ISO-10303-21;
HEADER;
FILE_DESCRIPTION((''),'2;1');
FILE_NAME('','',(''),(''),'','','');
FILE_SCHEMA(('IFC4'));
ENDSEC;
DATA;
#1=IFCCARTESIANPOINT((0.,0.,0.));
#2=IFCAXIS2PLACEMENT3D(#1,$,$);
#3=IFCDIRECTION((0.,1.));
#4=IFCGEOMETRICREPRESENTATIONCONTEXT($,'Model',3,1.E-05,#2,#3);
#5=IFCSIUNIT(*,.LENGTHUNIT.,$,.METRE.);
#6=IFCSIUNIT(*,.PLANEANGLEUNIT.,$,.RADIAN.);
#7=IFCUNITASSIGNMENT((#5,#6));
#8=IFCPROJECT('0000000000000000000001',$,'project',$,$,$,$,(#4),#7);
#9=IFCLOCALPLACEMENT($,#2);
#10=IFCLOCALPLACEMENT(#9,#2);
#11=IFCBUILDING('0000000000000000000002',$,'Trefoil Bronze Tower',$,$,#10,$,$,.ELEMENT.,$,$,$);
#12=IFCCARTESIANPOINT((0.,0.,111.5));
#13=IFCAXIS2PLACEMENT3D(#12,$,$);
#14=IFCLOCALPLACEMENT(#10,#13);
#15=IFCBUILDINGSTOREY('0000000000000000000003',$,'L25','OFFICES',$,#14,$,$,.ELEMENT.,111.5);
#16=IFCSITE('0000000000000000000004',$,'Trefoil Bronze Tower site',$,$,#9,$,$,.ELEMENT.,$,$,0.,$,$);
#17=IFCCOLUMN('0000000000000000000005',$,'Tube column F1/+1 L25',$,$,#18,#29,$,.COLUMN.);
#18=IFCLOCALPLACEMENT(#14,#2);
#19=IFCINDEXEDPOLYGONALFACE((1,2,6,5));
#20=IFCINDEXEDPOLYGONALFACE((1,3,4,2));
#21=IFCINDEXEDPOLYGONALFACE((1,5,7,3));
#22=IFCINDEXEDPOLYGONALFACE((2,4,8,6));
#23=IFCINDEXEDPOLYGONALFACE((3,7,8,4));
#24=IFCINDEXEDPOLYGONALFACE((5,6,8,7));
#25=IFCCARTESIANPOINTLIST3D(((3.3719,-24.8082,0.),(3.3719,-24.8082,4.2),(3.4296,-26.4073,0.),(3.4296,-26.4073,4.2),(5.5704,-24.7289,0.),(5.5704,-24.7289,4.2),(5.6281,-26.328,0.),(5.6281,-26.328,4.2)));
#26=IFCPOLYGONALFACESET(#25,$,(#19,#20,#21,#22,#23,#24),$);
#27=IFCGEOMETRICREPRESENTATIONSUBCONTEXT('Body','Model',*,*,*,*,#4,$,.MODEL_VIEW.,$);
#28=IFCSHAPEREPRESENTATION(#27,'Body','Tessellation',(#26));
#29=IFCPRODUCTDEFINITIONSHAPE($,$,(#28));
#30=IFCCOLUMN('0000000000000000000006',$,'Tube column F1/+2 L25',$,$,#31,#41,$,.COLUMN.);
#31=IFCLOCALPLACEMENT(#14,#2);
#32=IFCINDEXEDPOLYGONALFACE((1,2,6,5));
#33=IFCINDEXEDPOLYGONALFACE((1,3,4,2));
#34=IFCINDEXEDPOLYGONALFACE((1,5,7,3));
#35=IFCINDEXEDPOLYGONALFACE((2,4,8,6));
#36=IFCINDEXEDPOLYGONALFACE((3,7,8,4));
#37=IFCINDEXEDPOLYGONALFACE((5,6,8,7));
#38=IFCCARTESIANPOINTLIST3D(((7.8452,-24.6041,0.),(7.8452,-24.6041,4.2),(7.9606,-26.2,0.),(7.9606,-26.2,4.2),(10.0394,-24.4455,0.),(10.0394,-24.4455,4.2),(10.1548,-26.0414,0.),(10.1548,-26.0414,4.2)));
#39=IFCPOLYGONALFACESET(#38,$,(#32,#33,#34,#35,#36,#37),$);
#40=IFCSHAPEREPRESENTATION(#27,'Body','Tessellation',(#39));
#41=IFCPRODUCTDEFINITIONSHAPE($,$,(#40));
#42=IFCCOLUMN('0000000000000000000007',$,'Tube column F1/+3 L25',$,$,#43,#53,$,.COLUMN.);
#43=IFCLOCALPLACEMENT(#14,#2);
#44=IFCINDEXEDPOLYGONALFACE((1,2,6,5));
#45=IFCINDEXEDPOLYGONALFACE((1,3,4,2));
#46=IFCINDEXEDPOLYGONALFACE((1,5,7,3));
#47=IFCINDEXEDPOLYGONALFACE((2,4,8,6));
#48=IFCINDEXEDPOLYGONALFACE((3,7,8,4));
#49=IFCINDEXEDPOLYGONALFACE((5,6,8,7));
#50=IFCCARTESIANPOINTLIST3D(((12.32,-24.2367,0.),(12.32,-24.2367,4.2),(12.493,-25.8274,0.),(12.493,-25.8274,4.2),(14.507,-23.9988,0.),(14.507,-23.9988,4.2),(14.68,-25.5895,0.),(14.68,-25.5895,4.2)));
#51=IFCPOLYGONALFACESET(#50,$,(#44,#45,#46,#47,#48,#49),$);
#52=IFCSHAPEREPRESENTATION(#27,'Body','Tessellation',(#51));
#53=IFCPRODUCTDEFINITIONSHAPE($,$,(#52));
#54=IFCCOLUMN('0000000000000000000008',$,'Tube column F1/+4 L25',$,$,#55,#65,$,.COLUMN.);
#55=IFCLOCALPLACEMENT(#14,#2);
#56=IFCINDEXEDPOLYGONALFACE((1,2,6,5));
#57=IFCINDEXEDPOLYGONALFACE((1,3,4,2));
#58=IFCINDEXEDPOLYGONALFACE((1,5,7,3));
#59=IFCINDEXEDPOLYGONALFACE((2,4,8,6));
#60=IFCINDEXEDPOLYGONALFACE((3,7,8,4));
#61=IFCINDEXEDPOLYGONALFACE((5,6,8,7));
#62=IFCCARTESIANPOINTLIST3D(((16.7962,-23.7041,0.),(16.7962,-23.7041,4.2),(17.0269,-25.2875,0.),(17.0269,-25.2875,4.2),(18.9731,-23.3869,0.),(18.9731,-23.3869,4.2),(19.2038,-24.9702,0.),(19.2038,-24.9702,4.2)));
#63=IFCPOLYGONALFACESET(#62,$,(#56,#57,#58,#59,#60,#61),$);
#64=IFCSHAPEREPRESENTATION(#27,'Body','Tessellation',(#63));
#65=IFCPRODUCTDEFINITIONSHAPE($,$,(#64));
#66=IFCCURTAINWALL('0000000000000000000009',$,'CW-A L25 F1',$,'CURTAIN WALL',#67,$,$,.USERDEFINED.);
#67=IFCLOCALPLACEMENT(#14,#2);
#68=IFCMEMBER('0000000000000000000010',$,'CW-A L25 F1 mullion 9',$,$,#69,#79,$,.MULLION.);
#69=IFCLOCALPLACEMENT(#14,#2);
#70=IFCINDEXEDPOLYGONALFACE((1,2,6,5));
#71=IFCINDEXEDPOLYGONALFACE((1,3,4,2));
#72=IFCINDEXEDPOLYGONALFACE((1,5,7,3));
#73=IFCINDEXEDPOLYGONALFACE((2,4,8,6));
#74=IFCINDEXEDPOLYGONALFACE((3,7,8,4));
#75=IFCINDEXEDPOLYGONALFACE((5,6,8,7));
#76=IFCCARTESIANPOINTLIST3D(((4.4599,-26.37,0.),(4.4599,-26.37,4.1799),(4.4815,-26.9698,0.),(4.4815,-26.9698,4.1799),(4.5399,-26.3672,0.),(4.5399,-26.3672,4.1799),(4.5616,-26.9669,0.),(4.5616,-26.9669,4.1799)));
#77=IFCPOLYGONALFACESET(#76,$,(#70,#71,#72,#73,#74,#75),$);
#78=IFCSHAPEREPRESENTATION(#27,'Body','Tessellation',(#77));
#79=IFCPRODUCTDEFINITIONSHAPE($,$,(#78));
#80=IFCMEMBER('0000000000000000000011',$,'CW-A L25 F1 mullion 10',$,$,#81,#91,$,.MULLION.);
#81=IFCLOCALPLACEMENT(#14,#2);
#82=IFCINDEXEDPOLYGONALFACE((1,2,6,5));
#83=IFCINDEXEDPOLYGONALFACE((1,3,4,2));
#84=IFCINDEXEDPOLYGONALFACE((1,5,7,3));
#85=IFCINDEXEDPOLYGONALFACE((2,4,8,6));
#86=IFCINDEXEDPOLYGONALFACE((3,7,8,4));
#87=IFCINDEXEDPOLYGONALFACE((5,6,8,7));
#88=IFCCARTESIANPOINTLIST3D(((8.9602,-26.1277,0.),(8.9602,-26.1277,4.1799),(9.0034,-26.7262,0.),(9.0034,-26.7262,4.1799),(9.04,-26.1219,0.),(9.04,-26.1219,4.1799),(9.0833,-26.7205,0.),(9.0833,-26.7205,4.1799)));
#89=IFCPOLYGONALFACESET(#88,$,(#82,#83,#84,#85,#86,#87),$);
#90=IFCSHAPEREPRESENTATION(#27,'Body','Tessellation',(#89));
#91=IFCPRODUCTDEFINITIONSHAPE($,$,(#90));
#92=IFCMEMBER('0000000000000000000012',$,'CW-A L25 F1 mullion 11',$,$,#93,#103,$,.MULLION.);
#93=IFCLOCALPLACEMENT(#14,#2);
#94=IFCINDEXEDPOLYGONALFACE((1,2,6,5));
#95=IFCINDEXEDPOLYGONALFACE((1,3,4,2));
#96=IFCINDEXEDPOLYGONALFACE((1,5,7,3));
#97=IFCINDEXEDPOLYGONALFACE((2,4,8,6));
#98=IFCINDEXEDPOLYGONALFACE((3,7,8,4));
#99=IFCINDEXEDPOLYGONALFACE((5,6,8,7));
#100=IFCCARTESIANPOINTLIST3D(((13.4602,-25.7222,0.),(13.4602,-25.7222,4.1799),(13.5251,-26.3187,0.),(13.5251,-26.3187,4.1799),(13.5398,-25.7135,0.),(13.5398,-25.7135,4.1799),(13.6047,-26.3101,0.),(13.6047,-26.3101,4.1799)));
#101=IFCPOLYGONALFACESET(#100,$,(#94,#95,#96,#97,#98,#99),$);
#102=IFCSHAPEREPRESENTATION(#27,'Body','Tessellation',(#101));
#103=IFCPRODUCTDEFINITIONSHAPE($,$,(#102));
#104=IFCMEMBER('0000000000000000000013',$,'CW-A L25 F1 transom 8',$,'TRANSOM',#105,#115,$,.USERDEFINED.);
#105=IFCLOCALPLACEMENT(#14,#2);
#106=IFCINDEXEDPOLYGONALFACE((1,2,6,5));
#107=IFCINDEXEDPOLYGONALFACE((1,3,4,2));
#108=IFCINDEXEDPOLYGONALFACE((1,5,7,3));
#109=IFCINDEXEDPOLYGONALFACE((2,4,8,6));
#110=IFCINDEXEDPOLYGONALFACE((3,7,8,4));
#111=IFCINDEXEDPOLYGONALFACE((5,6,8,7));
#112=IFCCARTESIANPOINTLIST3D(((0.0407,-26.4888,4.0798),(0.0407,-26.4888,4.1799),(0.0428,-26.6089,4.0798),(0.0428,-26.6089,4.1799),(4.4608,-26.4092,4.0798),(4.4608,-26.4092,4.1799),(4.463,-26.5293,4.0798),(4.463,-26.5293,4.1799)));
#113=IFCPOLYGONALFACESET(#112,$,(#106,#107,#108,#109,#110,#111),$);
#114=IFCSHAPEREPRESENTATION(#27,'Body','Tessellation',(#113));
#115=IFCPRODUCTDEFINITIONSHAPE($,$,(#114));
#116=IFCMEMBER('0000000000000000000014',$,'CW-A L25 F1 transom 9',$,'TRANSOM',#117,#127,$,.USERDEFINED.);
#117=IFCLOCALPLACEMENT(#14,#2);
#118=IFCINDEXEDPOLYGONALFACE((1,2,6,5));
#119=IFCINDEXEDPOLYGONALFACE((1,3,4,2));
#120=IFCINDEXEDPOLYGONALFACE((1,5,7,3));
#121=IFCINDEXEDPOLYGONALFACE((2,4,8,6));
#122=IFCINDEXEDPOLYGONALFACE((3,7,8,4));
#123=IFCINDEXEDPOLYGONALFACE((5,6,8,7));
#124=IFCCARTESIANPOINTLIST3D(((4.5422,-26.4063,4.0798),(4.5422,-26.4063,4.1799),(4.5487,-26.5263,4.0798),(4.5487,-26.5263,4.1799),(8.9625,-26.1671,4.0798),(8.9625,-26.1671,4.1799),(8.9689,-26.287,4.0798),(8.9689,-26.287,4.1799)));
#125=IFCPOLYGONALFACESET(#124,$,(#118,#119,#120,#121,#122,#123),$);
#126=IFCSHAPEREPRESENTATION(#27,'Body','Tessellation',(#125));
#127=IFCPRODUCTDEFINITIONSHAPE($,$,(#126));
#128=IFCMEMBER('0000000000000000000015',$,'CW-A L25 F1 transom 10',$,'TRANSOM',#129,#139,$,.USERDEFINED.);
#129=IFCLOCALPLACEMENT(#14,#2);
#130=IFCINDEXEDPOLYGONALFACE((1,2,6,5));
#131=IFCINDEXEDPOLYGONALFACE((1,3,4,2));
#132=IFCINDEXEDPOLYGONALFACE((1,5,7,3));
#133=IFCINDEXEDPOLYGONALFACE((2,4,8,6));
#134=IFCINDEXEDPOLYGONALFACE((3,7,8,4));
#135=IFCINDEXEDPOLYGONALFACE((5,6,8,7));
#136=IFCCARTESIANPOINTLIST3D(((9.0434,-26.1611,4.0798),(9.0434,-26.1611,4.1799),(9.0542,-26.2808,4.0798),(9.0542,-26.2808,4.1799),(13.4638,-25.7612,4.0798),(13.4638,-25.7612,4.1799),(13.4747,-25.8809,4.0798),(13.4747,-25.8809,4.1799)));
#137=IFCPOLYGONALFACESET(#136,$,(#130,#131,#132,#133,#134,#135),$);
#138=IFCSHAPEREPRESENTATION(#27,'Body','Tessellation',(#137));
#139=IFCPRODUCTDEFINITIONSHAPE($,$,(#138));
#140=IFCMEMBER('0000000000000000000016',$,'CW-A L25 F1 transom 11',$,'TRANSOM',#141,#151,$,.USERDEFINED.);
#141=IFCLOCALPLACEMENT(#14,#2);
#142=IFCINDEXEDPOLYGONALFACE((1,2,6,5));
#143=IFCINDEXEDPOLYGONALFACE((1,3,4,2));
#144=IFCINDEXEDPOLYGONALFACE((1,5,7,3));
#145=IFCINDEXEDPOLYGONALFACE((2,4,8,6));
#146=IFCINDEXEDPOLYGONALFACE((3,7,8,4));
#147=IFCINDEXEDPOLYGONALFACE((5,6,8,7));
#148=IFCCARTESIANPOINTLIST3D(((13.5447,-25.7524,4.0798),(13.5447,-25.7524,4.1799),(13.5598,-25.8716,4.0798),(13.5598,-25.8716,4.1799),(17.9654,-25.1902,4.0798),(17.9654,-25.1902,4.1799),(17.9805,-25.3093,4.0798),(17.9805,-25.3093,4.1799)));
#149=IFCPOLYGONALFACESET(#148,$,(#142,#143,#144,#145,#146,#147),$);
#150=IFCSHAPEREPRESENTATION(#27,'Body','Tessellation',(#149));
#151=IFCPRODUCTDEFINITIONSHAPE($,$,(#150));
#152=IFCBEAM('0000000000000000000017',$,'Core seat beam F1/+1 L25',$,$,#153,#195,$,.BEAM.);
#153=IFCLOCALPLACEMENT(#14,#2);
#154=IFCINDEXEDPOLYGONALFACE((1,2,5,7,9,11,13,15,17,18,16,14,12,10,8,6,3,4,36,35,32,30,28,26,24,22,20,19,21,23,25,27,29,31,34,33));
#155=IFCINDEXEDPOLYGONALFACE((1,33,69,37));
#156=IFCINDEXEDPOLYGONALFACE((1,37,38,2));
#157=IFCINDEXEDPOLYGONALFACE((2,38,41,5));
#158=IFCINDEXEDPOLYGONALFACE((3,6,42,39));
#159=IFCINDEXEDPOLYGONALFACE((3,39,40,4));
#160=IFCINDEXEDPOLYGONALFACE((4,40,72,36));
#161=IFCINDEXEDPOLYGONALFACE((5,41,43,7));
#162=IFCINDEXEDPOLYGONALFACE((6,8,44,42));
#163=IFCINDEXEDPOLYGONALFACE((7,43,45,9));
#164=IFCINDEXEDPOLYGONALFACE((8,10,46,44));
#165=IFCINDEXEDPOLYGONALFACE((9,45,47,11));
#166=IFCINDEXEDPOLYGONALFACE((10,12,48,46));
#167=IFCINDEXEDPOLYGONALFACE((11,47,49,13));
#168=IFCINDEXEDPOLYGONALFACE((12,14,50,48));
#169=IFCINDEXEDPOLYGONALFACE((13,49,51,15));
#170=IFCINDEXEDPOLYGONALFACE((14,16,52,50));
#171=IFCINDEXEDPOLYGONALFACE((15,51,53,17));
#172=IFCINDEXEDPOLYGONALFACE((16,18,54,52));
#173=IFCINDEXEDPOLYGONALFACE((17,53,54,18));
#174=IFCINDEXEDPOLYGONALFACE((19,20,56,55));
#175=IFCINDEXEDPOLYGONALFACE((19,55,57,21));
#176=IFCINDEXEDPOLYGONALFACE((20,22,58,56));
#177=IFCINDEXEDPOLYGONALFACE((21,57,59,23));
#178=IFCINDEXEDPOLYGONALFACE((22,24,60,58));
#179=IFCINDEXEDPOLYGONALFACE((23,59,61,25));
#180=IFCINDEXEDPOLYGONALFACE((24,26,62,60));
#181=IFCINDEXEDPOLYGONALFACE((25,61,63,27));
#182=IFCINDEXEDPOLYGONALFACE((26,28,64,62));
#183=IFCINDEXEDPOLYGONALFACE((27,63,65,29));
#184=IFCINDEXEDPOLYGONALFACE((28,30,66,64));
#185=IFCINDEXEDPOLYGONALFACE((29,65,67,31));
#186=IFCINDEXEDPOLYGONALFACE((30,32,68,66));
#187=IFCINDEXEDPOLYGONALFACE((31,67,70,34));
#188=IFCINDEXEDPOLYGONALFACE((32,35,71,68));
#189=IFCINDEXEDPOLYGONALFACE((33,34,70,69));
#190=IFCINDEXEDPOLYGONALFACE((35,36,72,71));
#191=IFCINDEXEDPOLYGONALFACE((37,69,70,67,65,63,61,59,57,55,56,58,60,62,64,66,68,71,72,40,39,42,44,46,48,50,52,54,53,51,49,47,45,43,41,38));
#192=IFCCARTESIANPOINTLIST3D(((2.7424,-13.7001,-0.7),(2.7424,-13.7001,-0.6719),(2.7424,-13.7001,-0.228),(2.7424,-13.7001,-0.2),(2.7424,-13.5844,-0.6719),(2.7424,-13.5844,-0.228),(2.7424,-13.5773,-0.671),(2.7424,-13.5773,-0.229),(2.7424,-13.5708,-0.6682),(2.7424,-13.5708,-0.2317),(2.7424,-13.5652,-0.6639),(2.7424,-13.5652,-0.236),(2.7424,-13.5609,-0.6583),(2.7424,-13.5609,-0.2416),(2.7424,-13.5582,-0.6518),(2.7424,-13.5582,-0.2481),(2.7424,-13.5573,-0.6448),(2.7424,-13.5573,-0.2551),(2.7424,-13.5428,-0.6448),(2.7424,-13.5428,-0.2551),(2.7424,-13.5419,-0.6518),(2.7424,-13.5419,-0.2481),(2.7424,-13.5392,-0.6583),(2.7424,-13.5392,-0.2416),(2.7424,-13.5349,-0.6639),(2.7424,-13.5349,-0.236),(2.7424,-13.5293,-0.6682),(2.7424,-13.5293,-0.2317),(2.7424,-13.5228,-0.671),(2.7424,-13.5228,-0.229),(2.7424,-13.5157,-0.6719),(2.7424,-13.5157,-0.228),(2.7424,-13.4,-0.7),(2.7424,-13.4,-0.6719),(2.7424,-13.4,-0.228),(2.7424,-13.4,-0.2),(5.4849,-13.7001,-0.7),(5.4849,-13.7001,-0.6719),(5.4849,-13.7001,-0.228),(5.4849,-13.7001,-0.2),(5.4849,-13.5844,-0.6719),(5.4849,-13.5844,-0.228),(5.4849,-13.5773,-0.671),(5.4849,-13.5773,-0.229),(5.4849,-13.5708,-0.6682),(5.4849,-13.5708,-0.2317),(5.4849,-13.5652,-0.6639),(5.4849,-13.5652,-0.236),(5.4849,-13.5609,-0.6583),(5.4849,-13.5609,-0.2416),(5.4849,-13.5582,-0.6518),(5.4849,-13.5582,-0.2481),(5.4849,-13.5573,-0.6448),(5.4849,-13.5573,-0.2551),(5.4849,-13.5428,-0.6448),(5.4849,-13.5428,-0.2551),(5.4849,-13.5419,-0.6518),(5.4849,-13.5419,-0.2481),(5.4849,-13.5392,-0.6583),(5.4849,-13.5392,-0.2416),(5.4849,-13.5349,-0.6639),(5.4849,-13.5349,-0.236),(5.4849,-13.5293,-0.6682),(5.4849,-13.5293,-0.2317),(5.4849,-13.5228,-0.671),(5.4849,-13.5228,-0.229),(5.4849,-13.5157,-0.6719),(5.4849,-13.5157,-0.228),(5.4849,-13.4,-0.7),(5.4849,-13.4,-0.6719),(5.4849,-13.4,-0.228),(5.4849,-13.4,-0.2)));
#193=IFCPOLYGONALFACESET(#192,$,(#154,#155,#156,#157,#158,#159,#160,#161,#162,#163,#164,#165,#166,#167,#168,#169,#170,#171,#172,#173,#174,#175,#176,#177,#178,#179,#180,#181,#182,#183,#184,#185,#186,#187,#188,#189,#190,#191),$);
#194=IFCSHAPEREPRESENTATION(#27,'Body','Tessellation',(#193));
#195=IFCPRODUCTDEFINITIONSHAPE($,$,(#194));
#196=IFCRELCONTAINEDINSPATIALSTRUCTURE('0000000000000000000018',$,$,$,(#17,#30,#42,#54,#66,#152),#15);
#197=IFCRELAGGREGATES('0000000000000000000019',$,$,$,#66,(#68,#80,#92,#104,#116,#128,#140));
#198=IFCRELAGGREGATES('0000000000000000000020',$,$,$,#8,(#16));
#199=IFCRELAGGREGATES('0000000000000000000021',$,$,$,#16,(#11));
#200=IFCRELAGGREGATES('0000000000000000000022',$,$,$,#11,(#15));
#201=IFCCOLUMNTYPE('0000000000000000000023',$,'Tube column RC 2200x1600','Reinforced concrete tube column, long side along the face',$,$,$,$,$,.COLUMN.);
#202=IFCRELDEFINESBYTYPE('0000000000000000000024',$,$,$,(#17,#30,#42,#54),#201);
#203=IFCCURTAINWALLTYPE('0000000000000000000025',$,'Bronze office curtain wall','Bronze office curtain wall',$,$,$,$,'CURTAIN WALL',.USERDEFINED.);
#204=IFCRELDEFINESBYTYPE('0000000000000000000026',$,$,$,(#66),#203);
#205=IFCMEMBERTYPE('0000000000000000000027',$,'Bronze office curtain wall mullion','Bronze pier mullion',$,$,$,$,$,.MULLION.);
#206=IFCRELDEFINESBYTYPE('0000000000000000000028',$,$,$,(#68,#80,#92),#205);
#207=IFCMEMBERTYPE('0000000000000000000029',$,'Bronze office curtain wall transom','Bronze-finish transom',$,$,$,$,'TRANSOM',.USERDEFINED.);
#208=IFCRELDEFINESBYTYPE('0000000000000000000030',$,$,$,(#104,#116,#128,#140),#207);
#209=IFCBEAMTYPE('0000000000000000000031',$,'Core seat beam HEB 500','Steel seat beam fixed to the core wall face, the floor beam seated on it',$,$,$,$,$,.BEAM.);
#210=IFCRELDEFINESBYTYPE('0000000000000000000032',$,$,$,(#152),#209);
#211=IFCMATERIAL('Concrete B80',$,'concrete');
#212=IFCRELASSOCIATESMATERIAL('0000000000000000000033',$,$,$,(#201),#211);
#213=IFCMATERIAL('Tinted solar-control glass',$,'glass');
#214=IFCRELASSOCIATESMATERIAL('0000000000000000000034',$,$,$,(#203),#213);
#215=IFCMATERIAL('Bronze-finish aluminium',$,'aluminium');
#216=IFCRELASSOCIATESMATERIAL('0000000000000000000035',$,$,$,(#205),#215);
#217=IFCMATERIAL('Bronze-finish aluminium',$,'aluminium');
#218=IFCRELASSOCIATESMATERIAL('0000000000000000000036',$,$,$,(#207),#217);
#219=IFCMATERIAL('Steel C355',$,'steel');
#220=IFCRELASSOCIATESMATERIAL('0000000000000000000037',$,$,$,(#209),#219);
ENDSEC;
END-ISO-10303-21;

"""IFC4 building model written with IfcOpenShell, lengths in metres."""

from ifc_helpers import new_model, si_unit, direction, frame, origin, origin_2d, place, context, subcontext, project, spatial, rectangle, i_section, extrude, material, material_profile, profile_set, type_object, element, aggregate, save


model = new_model("IFC4")

# Units and contexts
model_context = context("Model", 3, precision=1e-05, world=origin(), true_north=direction((0.0, 1.0)))
body_context = subcontext(model_context, "Body", "Model", "MODEL_VIEW")
ifc_project = project(units=[si_unit("LENGTHUNIT", "METRE"), si_unit("PLANEANGLEUNIT", "RADIAN")], contexts=[model_context])

# Site, building, storey
site_placement = place(None, origin())
site = spatial("IfcSite", under=ifc_project, at=site_placement, Name="Trefoil Bronze Tower site", CompositionType="ELEMENT", RefElevation=0.0)
building_placement = place(site_placement, origin())
building = spatial("IfcBuilding", under=site, at=building_placement, Name="Trefoil Bronze Tower", CompositionType="ELEMENT")
storey_placement = place(building_placement, frame((0.0, 0.0, 111.5)))
storey = spatial("IfcBuildingStorey", under=building, at=storey_placement, Name="L25", Description="OFFICES", CompositionType="ELEMENT", Elevation=111.5)

# Columns
ifc_material_1 = material(Name="Concrete B80", Category="concrete")
ifc_material_profile_1 = material_profile(ifc_material_1, rectangle(XDim=2.2, YDim=1.6001, at=origin_2d()), Name="RC 2200x1600")
ifc_profile_set_1 = profile_set([ifc_material_profile_1], Name="Concrete B80")
column_type = type_object("IfcColumnType", Name="Tube column RC 2200x1600", Description="Reinforced concrete tube column, long side along the face", PredefinedType="COLUMN", material=ifc_profile_set_1)
for number, where, z_axis, x_axis, name in (
    (1, (4.5, -25.5681, 0.0), (0.0, 0.0, 1.0), (0.99935, 0.036048, 0.0), "Tube column F1/+1 L25"),
    (2, (9.0, -25.3228, 0.0), (0.0, 0.0, 1.0), (0.997398, 0.072096, 0.0), "Tube column F1/+2 L25"),
    (3, (13.5, -24.9131, 0.0), (0.0, 0.0, 1.0), (0.994135, 0.108144, 0.0), "Tube column F1/+3 L25"),
    (4, (18.0, -24.3372, 0.0), (0.0, 0.0, 1.0), (0.98955, 0.144192, 0.0), "Tube column F1/+4 L25"),
):
    element("IfcColumn", number, at=place(storey_placement, frame(where, z_axis=z_axis, x_axis=x_axis)), inside=storey, type_object=column_type, Name=name, PredefinedType="COLUMN", context=body_context, shape_type="SweptSolid", body=[
        extrude(rectangle(XDim=2.2, YDim=1.6001, at=origin_2d()), origin(), (0.0, 0.0, 1.0), 4.2),
    ])

# Curtain wall, members
ifc_material_2 = material(Name="Tinted solar-control glass", Category="glass")
curtain_wall_type = type_object("IfcCurtainWallType", Name="Bronze office curtain wall", Description="Bronze office curtain wall", ElementType="CURTAIN WALL", PredefinedType="USERDEFINED", material=ifc_material_2)
curtain_wall_placement = place(storey_placement, origin())
curtain_wall = element("IfcCurtainWall", 5, at=curtain_wall_placement, inside=storey, type_object=curtain_wall_type, Name="CW-A L25 F1", ObjectType="CURTAIN WALL", PredefinedType="USERDEFINED")
ifc_material_3 = material(Name="Bronze-finish aluminium", Category="aluminium")
ifc_material_profile_2 = material_profile(ifc_material_3, rectangle(XDim=0.6001, YDim=0.0801, at=origin_2d()), Name="CW-A mullion")
ifc_profile_set_2 = profile_set([ifc_material_profile_2], Name="Bronze-finish aluminium")
member_type_1 = type_object("IfcMemberType", Name="Bronze office curtain wall mullion", Description="Bronze pier mullion", PredefinedType="MULLION", material=ifc_profile_set_2)
member_1_placement = place(storey_placement, frame((4.5107, -26.6685, 0.0), z_axis=(0.0, 0.0, 1.0), x_axis=(-0.036048, 0.99935, 0.0)))
member_1 = element("IfcMember", 6, at=member_1_placement, type_object=member_type_1, Name="CW-A L25 F1 mullion 9", PredefinedType="MULLION", context=body_context, shape_type="SweptSolid", body=[
    extrude(rectangle(XDim=0.6001, YDim=0.0801, at=origin_2d()), origin(), (0.0, 0.0, 1.0), 4.1799),
])
member_2_placement = place(storey_placement, frame((9.0217, -26.4241, 0.0), z_axis=(0.0, 0.0, 1.0), x_axis=(-0.072096, 0.997398, 0.0)))
member_2 = element("IfcMember", 7, at=member_2_placement, type_object=member_type_1, Name="CW-A L25 F1 mullion 10", PredefinedType="MULLION", context=body_context, shape_type="SweptSolid", body=[
    extrude(rectangle(XDim=0.6001, YDim=0.0801, at=origin_2d()), origin(), (0.0, 0.0, 1.0), 4.1799),
])
member_3_placement = place(storey_placement, frame((13.5325, -26.0161, 0.0), z_axis=(0.0, 0.0, 1.0), x_axis=(-0.108144, 0.994135, 0.0)))
member_3 = element("IfcMember", 8, at=member_3_placement, type_object=member_type_1, Name="CW-A L25 F1 mullion 11", PredefinedType="MULLION", context=body_context, shape_type="SweptSolid", body=[
    extrude(rectangle(XDim=0.6001, YDim=0.0801, at=origin_2d()), origin(), (0.0, 0.0, 1.0), 4.1799),
])
ifc_material_4 = material(Name="Bronze-finish aluminium", Category="aluminium")
ifc_material_profile_3 = material_profile(ifc_material_4, rectangle(XDim=0.1201, YDim=0.1001, at=origin_2d()), Name="CW-A transom")
ifc_profile_set_3 = profile_set([ifc_material_profile_3], Name="Bronze-finish aluminium")
member_type_2 = type_object("IfcMemberType", Name="Bronze office curtain wall transom", Description="Bronze-finish transom", ElementType="TRANSOM", PredefinedType="USERDEFINED", material=ifc_profile_set_3)
member_4_placement = place(storey_placement, frame((0.0417, -26.5488, 4.1299), z_axis=(0.999838, 0.018003, 0.0), x_axis=(-0.018003, 0.999838, 0.0)))
member_4 = element("IfcMember", 9, at=member_4_placement, type_object=member_type_2, Name="CW-A L25 F1 transom 8", ObjectType="TRANSOM", PredefinedType="USERDEFINED", context=body_context, shape_type="SweptSolid", body=[
    extrude(rectangle(XDim=0.1201, YDim=0.1001, at=origin_2d()), origin(), (0.0, 0.0, 1.0), 4.4209),
])
member_5_placement = place(storey_placement, frame((4.5454, -26.4663, 4.1299), z_axis=(0.998538, 0.05405, 0.0), x_axis=(-0.05405, 0.998538, 0.0)))
member_5 = element("IfcMember", 10, at=member_5_placement, type_object=member_type_2, Name="CW-A L25 F1 transom 9", ObjectType="TRANSOM", PredefinedType="USERDEFINED", context=body_context, shape_type="SweptSolid", body=[
    extrude(rectangle(XDim=0.1201, YDim=0.1001, at=origin_2d()), origin(), (0.0, 0.0, 1.0), 4.4268),
])
member_6_placement = place(storey_placement, frame((9.0488, -26.2209, 4.1299), z_axis=(0.995933, 0.090099, 0.0), x_axis=(-0.090099, 0.995933, 0.0)))
member_6 = element("IfcMember", 11, at=member_6_placement, type_object=member_type_2, Name="CW-A L25 F1 transom 10", ObjectType="TRANSOM", PredefinedType="USERDEFINED", context=body_context, shape_type="SweptSolid", body=[
    extrude(rectangle(XDim=0.1201, YDim=0.1001, at=origin_2d()), origin(), (0.0, 0.0, 1.0), 4.4385),
])
member_7_placement = place(storey_placement, frame((13.5522, -25.812, 4.1299), z_axis=(0.992008, 0.126172, 0.0), x_axis=(-0.126172, 0.992008, 0.0)))
member_7 = element("IfcMember", 12, at=member_7_placement, type_object=member_type_2, Name="CW-A L25 F1 transom 11", ObjectType="TRANSOM", PredefinedType="USERDEFINED", context=body_context, shape_type="SweptSolid", body=[
    extrude(rectangle(XDim=0.1201, YDim=0.1001, at=origin_2d()), origin(), (0.0, 0.0, 1.0), 4.4563),
])

# Beam
ifc_material_5 = material(Name="Steel C355", Category="steel")
ifc_material_profile_4 = material_profile(ifc_material_5, i_section(OverallWidth=0.3, OverallDepth=0.5, WebThickness=0.0144, FlangeThickness=0.0281, FilletRadius=0.0271, at=origin_2d()), Name="HEB 500")
ifc_profile_set_4 = profile_set([ifc_material_profile_4], Name="Steel C355")
beam_type_1 = type_object("IfcBeamType", Name="Core seat beam HEB 500", Description="Steel seat beam fixed to the core wall face, the floor beam seated on it", PredefinedType="BEAM", material=ifc_profile_set_4)
for number, where, z_axis, x_axis, name in (
    (13, (2.7424, -13.55, -0.45), (1.0, 0.0, 0.0), (0.0, 1.0, 0.0), "Core seat beam F1/+1 L25"),
):
    element("IfcBeam", number, at=place(storey_placement, frame(where, z_axis=z_axis, x_axis=x_axis)), inside=storey, type_object=beam_type_1, Name=name, PredefinedType="BEAM", context=body_context, shape_type="SweptSolid", body=[
        extrude(i_section(OverallWidth=0.3, OverallDepth=0.5, WebThickness=0.0144, FlangeThickness=0.0281, FilletRadius=0.0271, at=origin_2d()), origin(), (0.0, 0.0, 1.0), 2.7424),
    ])

aggregate(curtain_wall, [member_1, member_2, member_3, member_4, member_5, member_6, member_7])

save(model, "model.ifc")
